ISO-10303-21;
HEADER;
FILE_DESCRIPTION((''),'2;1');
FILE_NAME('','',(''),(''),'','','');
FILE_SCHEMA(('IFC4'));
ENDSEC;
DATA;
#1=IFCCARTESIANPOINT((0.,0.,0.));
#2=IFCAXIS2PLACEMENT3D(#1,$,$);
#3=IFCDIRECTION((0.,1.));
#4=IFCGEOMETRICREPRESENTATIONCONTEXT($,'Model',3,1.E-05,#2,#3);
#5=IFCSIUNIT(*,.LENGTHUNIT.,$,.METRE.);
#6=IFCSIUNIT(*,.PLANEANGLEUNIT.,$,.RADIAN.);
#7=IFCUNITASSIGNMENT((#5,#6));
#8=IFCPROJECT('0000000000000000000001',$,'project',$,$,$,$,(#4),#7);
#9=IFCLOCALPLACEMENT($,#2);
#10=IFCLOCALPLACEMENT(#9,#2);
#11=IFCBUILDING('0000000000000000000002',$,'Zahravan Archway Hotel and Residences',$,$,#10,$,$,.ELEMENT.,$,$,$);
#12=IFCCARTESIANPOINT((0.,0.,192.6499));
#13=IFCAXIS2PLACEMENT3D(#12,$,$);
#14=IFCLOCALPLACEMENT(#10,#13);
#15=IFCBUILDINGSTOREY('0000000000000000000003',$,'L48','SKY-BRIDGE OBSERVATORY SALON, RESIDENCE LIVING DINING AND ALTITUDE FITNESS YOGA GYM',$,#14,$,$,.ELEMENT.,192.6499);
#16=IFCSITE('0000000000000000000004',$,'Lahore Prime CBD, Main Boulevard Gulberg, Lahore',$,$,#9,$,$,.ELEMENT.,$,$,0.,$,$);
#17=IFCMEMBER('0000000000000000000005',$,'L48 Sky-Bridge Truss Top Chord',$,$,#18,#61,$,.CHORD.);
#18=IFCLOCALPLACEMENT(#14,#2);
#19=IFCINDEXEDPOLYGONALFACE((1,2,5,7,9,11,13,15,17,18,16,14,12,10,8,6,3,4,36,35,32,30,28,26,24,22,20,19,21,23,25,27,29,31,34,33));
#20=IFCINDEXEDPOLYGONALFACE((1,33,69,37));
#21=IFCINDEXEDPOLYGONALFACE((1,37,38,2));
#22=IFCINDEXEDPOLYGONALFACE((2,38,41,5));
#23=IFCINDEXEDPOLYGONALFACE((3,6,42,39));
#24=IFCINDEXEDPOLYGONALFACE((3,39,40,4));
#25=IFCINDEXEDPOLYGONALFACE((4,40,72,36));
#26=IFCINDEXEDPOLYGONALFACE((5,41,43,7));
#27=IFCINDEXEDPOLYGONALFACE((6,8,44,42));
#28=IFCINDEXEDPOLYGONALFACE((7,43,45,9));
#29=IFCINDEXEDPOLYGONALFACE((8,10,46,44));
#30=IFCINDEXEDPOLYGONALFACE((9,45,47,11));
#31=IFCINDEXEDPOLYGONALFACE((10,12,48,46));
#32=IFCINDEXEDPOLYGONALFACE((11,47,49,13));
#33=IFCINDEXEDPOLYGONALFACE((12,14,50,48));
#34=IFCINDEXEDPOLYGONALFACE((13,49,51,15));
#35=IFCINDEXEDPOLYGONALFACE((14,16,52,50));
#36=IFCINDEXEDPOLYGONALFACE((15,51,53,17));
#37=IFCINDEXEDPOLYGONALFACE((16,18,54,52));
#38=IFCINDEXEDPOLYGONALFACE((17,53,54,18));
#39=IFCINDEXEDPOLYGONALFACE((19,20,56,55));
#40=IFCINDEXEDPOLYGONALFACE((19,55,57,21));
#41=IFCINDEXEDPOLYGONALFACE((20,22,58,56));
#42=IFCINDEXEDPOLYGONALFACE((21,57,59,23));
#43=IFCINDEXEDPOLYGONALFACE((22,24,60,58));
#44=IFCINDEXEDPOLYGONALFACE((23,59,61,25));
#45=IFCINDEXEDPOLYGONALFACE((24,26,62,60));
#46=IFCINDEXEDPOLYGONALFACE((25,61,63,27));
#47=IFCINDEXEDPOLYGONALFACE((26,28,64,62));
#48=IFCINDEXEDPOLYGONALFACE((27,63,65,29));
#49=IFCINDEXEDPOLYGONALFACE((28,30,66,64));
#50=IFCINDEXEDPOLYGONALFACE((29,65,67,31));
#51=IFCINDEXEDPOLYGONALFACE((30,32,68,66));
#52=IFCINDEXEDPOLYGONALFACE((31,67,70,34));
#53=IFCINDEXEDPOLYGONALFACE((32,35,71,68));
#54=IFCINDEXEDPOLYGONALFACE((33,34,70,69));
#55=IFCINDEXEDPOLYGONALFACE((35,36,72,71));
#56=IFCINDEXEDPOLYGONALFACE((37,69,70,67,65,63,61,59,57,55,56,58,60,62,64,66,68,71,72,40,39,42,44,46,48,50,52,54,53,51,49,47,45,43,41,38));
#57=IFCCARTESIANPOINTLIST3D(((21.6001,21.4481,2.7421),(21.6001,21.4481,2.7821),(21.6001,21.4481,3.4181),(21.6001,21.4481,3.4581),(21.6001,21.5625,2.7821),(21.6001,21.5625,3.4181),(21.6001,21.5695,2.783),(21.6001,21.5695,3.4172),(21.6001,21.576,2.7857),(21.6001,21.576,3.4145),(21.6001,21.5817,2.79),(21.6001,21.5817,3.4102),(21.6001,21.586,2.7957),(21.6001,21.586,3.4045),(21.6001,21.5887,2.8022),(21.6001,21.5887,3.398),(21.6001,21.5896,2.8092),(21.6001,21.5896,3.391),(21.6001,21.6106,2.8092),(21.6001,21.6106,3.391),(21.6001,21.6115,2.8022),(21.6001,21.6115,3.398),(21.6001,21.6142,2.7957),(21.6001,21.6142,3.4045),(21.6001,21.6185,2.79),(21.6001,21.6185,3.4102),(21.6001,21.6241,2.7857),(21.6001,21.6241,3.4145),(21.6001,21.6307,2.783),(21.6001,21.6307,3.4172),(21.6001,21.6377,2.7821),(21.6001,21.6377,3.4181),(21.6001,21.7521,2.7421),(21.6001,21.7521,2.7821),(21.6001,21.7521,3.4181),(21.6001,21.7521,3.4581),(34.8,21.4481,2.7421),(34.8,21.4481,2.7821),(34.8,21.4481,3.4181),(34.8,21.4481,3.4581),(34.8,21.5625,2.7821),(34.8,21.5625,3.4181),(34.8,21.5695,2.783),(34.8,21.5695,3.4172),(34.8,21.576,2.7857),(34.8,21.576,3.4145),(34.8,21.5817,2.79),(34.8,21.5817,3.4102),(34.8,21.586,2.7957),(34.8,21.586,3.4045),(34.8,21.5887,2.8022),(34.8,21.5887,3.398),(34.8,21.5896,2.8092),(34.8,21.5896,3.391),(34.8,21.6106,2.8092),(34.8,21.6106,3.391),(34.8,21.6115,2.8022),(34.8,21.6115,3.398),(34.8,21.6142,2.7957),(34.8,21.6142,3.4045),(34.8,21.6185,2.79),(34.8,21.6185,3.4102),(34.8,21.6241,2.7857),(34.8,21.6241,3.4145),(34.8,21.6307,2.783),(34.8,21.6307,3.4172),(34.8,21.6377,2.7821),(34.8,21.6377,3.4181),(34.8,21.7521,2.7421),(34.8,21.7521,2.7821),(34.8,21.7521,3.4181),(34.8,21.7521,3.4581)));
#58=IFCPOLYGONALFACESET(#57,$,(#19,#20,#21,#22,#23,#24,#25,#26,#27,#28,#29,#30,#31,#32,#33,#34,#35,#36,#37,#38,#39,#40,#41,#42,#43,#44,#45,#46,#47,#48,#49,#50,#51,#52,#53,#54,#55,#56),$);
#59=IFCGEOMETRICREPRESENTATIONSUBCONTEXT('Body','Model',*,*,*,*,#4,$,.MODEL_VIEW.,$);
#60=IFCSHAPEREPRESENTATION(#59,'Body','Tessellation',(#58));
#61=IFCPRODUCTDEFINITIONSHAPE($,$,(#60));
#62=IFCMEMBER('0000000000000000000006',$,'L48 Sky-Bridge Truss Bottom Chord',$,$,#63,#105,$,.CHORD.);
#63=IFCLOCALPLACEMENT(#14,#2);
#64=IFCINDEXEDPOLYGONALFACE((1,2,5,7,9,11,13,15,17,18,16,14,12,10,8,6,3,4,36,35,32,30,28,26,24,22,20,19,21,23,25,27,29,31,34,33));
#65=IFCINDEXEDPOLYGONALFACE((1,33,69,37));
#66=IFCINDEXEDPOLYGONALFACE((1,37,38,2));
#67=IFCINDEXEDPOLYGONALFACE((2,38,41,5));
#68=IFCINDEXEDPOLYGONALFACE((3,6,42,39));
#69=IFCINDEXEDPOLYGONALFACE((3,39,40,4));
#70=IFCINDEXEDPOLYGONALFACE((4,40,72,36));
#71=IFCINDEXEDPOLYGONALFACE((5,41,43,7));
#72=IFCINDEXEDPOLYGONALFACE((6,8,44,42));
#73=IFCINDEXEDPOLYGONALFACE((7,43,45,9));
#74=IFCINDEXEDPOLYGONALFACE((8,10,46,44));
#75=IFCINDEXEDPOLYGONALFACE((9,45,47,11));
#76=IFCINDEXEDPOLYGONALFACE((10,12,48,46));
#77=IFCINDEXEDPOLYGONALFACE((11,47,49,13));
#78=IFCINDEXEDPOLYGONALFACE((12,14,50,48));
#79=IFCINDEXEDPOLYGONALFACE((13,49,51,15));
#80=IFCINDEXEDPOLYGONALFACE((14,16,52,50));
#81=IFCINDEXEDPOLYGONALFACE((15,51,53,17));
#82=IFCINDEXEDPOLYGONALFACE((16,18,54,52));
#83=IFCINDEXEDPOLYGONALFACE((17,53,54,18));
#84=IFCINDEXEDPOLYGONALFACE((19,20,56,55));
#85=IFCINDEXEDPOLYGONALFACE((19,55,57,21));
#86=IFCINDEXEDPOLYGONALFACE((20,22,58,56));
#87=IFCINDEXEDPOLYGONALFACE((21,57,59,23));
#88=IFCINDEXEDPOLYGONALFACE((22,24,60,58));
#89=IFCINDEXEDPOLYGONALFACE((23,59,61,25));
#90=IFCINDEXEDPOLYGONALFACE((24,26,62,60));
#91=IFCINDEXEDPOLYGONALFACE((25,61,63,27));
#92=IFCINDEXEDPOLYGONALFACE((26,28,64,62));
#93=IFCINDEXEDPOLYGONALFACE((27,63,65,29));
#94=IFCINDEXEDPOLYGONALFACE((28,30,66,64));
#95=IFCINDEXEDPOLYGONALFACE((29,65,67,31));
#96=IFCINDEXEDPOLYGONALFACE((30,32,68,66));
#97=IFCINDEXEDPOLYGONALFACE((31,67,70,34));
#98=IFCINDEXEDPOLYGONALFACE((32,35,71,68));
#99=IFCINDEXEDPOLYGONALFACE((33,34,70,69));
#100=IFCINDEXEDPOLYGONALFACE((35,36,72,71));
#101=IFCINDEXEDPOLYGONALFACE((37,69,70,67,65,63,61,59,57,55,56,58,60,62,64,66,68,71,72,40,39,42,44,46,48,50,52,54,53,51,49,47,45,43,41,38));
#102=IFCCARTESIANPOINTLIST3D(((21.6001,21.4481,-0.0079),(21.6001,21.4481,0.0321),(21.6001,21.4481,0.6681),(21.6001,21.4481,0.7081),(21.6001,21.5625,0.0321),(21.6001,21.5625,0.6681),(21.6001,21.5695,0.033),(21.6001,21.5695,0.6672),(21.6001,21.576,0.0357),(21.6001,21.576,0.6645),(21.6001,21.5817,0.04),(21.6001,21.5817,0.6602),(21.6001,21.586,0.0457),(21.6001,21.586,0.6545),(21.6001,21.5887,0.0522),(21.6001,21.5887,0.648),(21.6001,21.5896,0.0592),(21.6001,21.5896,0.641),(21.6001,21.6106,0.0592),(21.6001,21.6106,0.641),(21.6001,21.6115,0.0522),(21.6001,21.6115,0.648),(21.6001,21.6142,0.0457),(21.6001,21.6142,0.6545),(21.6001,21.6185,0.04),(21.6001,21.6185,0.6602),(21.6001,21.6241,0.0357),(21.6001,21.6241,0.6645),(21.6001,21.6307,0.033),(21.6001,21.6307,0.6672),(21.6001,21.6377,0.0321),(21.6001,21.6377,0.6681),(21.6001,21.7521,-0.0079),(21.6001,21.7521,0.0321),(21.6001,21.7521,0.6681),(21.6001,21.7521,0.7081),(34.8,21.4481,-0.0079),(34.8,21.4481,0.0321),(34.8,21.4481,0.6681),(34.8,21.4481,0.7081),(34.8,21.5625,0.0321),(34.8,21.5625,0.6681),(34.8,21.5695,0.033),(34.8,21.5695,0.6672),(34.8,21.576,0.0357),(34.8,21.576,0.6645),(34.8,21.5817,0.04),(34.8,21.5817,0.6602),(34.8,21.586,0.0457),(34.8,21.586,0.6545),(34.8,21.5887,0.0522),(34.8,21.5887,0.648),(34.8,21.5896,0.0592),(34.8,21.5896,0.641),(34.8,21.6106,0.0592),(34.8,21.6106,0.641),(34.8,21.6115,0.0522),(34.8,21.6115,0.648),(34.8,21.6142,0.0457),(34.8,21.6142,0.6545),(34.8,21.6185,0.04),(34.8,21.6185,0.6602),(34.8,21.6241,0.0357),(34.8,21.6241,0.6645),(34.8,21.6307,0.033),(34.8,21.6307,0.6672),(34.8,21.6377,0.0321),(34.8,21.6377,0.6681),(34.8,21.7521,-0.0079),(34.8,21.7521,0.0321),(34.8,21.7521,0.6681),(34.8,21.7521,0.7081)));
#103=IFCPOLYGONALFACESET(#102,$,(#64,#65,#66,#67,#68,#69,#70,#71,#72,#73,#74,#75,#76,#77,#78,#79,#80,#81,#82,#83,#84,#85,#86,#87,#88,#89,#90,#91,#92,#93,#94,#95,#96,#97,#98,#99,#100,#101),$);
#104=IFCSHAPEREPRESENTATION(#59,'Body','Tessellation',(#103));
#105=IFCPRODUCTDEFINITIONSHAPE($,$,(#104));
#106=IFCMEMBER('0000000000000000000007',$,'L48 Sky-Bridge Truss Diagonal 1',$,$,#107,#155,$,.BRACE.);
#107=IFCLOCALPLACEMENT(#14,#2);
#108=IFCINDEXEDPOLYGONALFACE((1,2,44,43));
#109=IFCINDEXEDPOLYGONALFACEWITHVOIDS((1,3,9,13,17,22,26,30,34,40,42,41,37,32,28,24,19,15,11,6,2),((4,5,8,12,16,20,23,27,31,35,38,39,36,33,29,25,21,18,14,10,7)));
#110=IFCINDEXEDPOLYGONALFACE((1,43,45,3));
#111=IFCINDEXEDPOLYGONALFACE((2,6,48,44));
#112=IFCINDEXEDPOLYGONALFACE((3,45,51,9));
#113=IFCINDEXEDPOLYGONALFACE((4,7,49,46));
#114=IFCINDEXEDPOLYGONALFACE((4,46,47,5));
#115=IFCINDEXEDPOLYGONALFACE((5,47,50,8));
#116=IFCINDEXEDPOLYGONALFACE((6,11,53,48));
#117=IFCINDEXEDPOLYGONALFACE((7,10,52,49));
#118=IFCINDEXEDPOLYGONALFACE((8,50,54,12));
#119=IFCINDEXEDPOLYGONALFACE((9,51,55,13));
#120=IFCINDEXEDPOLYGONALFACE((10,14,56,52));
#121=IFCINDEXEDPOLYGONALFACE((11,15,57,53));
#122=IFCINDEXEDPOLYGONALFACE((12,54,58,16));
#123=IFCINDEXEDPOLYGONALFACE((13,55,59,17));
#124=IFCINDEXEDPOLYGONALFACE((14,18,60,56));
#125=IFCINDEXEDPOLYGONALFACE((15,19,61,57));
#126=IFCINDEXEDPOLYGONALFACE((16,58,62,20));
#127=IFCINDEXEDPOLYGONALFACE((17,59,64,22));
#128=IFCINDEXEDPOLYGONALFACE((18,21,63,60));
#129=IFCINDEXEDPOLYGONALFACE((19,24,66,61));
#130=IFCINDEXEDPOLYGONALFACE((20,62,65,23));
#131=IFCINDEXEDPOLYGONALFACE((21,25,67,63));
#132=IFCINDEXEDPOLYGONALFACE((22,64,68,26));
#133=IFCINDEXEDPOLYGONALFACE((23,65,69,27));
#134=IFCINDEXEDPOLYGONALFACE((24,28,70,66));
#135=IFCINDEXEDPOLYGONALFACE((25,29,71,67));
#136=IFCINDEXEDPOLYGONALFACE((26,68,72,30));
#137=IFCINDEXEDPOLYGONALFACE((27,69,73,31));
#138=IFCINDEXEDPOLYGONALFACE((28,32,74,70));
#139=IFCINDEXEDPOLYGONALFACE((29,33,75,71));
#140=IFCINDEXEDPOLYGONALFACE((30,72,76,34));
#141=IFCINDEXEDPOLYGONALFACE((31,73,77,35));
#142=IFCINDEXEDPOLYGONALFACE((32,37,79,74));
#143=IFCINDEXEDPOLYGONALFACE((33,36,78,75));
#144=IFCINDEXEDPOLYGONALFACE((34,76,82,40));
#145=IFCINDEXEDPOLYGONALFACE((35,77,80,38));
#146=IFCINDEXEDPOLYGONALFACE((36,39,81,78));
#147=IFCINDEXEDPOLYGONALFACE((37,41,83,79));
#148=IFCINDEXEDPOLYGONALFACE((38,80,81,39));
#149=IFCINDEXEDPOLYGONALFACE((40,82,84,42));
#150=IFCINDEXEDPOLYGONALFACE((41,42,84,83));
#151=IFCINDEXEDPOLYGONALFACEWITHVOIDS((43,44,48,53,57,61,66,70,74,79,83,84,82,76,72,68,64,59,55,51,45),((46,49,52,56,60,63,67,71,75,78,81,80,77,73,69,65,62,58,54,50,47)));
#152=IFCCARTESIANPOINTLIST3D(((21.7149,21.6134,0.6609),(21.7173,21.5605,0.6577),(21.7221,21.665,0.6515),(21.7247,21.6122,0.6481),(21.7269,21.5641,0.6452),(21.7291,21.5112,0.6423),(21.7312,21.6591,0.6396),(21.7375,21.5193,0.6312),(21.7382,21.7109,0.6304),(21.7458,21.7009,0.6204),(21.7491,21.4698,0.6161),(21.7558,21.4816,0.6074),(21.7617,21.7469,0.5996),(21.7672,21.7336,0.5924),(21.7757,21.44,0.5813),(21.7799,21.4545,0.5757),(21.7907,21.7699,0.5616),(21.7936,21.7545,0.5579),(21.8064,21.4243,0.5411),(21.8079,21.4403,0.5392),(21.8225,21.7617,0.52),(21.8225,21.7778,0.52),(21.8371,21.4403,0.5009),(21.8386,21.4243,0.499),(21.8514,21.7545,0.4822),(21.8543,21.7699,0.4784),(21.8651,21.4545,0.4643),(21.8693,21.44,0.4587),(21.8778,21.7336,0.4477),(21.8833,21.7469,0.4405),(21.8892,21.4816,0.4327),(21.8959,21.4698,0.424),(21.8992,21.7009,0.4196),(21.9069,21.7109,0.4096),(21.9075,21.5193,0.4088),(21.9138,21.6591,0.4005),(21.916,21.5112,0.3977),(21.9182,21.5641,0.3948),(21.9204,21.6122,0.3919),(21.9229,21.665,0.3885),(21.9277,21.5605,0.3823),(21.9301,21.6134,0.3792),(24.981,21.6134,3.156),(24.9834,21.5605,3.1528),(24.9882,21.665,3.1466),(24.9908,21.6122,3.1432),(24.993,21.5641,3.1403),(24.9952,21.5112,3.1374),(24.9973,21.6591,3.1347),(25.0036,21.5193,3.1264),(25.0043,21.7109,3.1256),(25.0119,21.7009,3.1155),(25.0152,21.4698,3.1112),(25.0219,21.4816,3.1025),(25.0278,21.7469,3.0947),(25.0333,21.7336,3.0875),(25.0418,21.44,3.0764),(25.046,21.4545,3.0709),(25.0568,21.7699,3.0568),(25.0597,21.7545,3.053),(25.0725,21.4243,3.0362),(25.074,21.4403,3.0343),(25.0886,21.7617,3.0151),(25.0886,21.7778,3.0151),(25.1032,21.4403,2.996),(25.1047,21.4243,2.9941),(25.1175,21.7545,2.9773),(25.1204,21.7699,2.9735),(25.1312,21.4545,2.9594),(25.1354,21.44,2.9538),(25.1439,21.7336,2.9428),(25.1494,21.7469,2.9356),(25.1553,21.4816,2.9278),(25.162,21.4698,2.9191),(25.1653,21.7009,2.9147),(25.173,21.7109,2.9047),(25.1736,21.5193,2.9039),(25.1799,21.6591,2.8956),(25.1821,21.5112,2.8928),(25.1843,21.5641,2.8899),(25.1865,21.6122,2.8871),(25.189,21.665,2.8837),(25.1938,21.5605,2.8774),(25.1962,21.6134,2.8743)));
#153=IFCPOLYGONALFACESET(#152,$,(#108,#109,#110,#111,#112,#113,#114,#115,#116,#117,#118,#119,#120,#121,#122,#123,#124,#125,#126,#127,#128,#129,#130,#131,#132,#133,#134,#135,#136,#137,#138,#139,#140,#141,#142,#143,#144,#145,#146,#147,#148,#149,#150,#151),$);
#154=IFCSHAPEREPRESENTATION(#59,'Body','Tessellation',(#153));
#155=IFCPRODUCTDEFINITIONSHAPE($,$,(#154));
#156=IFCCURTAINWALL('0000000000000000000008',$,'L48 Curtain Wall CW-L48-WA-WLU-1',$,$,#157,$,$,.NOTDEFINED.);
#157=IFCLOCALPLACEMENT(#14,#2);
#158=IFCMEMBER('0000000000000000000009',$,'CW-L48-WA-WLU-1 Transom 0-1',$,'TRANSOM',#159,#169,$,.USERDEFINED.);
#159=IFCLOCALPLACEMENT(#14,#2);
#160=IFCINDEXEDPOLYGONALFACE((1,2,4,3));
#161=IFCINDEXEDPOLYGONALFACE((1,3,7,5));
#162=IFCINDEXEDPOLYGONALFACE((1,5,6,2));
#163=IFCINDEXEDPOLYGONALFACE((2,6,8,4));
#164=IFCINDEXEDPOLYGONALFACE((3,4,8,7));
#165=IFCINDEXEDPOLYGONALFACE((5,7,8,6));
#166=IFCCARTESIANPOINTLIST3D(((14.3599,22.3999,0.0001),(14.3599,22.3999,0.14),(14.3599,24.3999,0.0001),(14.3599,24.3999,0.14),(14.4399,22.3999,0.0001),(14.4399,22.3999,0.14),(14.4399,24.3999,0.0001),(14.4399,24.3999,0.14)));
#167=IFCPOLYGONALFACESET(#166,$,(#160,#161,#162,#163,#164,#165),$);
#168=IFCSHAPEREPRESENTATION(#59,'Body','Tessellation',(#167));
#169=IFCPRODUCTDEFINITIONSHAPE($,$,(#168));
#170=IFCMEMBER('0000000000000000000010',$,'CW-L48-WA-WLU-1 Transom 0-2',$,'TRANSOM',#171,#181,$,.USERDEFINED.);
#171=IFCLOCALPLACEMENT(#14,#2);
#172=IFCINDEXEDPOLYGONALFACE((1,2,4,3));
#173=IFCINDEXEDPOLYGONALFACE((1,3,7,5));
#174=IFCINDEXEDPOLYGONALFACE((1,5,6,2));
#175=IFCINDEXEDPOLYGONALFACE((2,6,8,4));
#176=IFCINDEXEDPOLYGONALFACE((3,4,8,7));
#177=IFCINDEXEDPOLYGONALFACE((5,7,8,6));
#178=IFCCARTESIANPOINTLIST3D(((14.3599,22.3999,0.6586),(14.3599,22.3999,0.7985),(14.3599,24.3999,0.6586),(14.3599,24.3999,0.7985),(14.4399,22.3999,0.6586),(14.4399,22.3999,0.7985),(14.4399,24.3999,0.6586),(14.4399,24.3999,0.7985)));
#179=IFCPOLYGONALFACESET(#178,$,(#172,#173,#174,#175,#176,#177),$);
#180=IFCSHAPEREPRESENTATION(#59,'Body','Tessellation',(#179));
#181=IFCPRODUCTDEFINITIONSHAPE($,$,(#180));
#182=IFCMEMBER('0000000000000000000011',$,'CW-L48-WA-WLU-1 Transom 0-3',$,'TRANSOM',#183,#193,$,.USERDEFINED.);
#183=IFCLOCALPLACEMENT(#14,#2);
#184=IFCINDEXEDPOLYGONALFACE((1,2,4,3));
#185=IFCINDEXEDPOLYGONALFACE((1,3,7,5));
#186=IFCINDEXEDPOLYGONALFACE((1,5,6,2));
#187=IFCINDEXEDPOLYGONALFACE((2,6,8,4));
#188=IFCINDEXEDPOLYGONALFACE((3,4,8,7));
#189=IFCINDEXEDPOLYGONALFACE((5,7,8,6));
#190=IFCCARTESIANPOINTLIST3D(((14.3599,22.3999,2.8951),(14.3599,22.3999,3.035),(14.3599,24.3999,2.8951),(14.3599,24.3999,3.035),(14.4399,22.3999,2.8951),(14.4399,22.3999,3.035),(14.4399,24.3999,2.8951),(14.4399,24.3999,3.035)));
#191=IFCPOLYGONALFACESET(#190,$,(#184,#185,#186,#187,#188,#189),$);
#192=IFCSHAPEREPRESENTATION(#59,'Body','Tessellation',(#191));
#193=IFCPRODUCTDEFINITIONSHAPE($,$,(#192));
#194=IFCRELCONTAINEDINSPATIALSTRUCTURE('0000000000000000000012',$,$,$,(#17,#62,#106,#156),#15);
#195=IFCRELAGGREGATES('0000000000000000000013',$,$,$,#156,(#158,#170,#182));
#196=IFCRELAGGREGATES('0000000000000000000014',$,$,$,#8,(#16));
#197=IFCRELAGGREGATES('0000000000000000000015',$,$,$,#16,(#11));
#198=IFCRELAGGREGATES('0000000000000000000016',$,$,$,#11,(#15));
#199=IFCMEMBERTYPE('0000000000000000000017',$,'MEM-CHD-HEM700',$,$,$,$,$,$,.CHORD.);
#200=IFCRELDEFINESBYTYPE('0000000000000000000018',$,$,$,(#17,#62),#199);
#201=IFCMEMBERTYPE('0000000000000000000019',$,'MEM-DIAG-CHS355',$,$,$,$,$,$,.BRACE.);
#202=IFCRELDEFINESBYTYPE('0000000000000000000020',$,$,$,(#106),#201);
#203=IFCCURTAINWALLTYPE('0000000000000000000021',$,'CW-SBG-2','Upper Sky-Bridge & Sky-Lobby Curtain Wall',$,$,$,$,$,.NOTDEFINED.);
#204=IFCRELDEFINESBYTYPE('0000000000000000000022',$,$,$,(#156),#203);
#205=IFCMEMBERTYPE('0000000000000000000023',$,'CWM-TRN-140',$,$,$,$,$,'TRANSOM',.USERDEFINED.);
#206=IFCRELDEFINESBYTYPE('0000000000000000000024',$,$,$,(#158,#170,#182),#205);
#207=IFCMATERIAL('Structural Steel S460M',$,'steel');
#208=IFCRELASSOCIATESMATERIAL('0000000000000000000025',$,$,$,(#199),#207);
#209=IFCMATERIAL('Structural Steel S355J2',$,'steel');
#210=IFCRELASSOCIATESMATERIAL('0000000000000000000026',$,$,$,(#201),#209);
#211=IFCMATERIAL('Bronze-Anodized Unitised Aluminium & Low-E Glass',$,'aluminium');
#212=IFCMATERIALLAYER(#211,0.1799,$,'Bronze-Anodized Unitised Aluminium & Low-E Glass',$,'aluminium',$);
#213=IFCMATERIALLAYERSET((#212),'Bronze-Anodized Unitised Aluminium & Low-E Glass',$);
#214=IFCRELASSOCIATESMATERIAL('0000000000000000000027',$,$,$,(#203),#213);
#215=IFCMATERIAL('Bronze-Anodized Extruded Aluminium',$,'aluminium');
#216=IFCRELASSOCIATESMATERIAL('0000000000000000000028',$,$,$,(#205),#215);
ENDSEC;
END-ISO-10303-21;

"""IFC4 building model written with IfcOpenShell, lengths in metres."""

from ifc_helpers import new_model, si_unit, direction, frame, origin, origin_2d, place, context, subcontext, project, spatial, rectangle, hollow_circle, i_section, extrude, source, transform, mapped, material, layer, layer_set, material_profile, profile_set, type_object, type_shapes, element, aggregate, save


model = new_model("IFC4")

# Units and contexts
model_context = context("Model", 3, precision=1e-05, world=origin(), true_north=direction((0.0, 1.0)))
body_context = subcontext(model_context, "Body", "Model", "MODEL_VIEW")
ifc_project = project(units=[si_unit("LENGTHUNIT", "METRE"), si_unit("PLANEANGLEUNIT", "RADIAN")], contexts=[model_context])

# Site, building, storey
site_placement = place(None, origin())
site = spatial("IfcSite", under=ifc_project, at=site_placement, Name="Lahore Prime CBD, Main Boulevard Gulberg, Lahore", CompositionType="ELEMENT", RefElevation=0.0)
building_placement = place(site_placement, origin())
building = spatial("IfcBuilding", under=site, at=building_placement, Name="Zahravan Archway Hotel and Residences", CompositionType="ELEMENT")
storey_placement = place(building_placement, frame((0.0, 0.0, 192.6499)))
storey = spatial("IfcBuildingStorey", under=building, at=storey_placement, Name="L48", Description="SKY-BRIDGE OBSERVATORY SALON, RESIDENCE LIVING DINING AND ALTITUDE FITNESS YOGA GYM", CompositionType="ELEMENT", Elevation=192.6499)

# Members
ifc_material_1 = material(Name="Structural Steel S460M", Category="steel")
ifc_material_profile_1 = material_profile(ifc_material_1, i_section(OverallWidth=0.304, OverallDepth=0.7161, WebThickness=0.021, FlangeThickness=0.04, FilletRadius=0.0271, at=origin_2d()), Name="HEM 700", Category="steel")
ifc_profile_set_1 = profile_set([ifc_material_profile_1], Name="Structural Steel S460M")
member_type_1 = type_object("IfcMemberType", Name="MEM-CHD-HEM700", PredefinedType="CHORD", material=ifc_profile_set_1)
shared_shape_1 = source(origin(), body_context, "Body", "SweptSolid", [
    extrude(i_section(OverallWidth=0.304, OverallDepth=0.7161, WebThickness=0.021, FlangeThickness=0.04, FilletRadius=0.0271, at=origin_2d()), origin(), (0.0, 0.0, 1.0), 13.2),
])
type_shapes(member_type_1, [shared_shape_1])
for number, where, z_axis, x_axis, name in (
    (1, (21.6001, 21.6001, 3.1001), (1.0, 0.0, 0.0), (0.0, 1.0, 0.0), "L48 Sky-Bridge Truss Top Chord"),
    (2, (21.6001, 21.6001, 0.3501), (1.0, 0.0, 0.0), (0.0, 1.0, 0.0), "L48 Sky-Bridge Truss Bottom Chord"),
):
    element("IfcMember", number, at=place(storey_placement, frame(where, z_axis=z_axis, x_axis=x_axis)), inside=storey, type_object=member_type_1, Name=name, PredefinedType="CHORD", context=body_context, shape_type="MappedRepresentation", body=[
        mapped(shared_shape_1, transform((0.0, 0.0, 0.0), scale=1.0)),
    ])
ifc_material_2 = material(Name="Structural Steel S355J2", Category="steel")
ifc_material_profile_2 = material_profile(ifc_material_2, hollow_circle(Radius=0.1777, WallThickness=0.0161, at=origin_2d()), Name="CHS 355.6x16", Category="steel")
ifc_profile_set_2 = profile_set([ifc_material_profile_2], Name="Structural Steel S355J2")
member_type_2 = type_object("IfcMemberType", Name="MEM-DIAG-CHS355", PredefinedType="BRACE", material=ifc_profile_set_2)
shared_shape_2 = source(origin(), body_context, "Body", "SweptSolid", [
    extrude(hollow_circle(Radius=0.1777, WallThickness=0.0161, at=origin_2d()), origin(), (0.0, 0.0, 1.0), 4.1101),
])
member_1_placement = place(storey_placement, frame((21.8225, 21.6001, 0.52), z_axis=(0.794651, 0.0, 0.607066), x_axis=(0.0, 1.0, 0.0)))
element("IfcMember", 3, at=member_1_placement, inside=storey, type_object=member_type_2, Name="L48 Sky-Bridge Truss Diagonal 1", PredefinedType="BRACE", context=body_context, shape_type="MappedRepresentation", body=[
    mapped(shared_shape_2, transform((0.0, 0.0, 0.0), scale=1.0)),
])

# Curtain wall, members
ifc_material_3 = material(Name="Bronze-Anodized Unitised Aluminium & Low-E Glass", Category="aluminium")
ifc_layer_1 = layer(ifc_material_3, 0.1799, Name="Bronze-Anodized Unitised Aluminium & Low-E Glass", Category="aluminium")
ifc_layer_set_1 = layer_set([ifc_layer_1], Name="Bronze-Anodized Unitised Aluminium & Low-E Glass")
curtain_wall_type = type_object("IfcCurtainWallType", Name="CW-SBG-2", Description="Upper Sky-Bridge & Sky-Lobby Curtain Wall", PredefinedType="NOTDEFINED", material=ifc_layer_set_1)
curtain_wall_placement = place(storey_placement, origin())
curtain_wall = element("IfcCurtainWall", 4, at=curtain_wall_placement, inside=storey, type_object=curtain_wall_type, Name="L48 Curtain Wall CW-L48-WA-WLU-1", PredefinedType="NOTDEFINED")
ifc_material_4 = material(Name="Bronze-Anodized Extruded Aluminium", Category="aluminium")
ifc_material_profile_3 = material_profile(ifc_material_4, rectangle(XDim=0.0801, YDim=0.1399, at=origin_2d()), Name="TRN 80x140", Category="aluminium")
ifc_profile_set_3 = profile_set([ifc_material_profile_3], Name="Bronze-Anodized Extruded Aluminium")
member_type_3 = type_object("IfcMemberType", Name="CWM-TRN-140", ElementType="TRANSOM", PredefinedType="USERDEFINED", material=ifc_profile_set_3)
shared_shape_3 = source(origin(), body_context, "Body", "SweptSolid", [
    extrude(rectangle(XDim=0.0801, YDim=0.1399, at=origin_2d()), origin(), (0.0, 0.0, 1.0), 2.0),
])
member_2_placement = place(storey_placement, frame((14.3999, 22.3999, 0.0701), z_axis=(0.0, 1.0, 0.0), x_axis=(-1.0, 0.0, 0.0)))
member_2 = element("IfcMember", 5, at=member_2_placement, type_object=member_type_3, Name="CW-L48-WA-WLU-1 Transom 0-1", ObjectType="TRANSOM", PredefinedType="USERDEFINED", context=body_context, shape_type="MappedRepresentation", body=[
    mapped(shared_shape_3, transform((0.0, 0.0, 0.0), scale=1.0)),
])
member_3_placement = place(storey_placement, frame((14.3999, 22.3999, 0.7285), z_axis=(0.0, 1.0, 0.0), x_axis=(-1.0, 0.0, 0.0)))
member_3 = element("IfcMember", 6, at=member_3_placement, type_object=member_type_3, Name="CW-L48-WA-WLU-1 Transom 0-2", ObjectType="TRANSOM", PredefinedType="USERDEFINED", context=body_context, shape_type="MappedRepresentation", body=[
    mapped(shared_shape_3, transform((0.0, 0.0, 0.0), scale=1.0)),
])
member_4_placement = place(storey_placement, frame((14.3999, 22.3999, 2.9651), z_axis=(0.0, 1.0, 0.0), x_axis=(-1.0, 0.0, 0.0)))
member_4 = element("IfcMember", 7, at=member_4_placement, type_object=member_type_3, Name="CW-L48-WA-WLU-1 Transom 0-3", ObjectType="TRANSOM", PredefinedType="USERDEFINED", context=body_context, shape_type="MappedRepresentation", body=[
    mapped(shared_shape_3, transform((0.0, 0.0, 0.0), scale=1.0)),
])

aggregate(curtain_wall, [member_2, member_3, member_4])

save(model, "model.ifc")
